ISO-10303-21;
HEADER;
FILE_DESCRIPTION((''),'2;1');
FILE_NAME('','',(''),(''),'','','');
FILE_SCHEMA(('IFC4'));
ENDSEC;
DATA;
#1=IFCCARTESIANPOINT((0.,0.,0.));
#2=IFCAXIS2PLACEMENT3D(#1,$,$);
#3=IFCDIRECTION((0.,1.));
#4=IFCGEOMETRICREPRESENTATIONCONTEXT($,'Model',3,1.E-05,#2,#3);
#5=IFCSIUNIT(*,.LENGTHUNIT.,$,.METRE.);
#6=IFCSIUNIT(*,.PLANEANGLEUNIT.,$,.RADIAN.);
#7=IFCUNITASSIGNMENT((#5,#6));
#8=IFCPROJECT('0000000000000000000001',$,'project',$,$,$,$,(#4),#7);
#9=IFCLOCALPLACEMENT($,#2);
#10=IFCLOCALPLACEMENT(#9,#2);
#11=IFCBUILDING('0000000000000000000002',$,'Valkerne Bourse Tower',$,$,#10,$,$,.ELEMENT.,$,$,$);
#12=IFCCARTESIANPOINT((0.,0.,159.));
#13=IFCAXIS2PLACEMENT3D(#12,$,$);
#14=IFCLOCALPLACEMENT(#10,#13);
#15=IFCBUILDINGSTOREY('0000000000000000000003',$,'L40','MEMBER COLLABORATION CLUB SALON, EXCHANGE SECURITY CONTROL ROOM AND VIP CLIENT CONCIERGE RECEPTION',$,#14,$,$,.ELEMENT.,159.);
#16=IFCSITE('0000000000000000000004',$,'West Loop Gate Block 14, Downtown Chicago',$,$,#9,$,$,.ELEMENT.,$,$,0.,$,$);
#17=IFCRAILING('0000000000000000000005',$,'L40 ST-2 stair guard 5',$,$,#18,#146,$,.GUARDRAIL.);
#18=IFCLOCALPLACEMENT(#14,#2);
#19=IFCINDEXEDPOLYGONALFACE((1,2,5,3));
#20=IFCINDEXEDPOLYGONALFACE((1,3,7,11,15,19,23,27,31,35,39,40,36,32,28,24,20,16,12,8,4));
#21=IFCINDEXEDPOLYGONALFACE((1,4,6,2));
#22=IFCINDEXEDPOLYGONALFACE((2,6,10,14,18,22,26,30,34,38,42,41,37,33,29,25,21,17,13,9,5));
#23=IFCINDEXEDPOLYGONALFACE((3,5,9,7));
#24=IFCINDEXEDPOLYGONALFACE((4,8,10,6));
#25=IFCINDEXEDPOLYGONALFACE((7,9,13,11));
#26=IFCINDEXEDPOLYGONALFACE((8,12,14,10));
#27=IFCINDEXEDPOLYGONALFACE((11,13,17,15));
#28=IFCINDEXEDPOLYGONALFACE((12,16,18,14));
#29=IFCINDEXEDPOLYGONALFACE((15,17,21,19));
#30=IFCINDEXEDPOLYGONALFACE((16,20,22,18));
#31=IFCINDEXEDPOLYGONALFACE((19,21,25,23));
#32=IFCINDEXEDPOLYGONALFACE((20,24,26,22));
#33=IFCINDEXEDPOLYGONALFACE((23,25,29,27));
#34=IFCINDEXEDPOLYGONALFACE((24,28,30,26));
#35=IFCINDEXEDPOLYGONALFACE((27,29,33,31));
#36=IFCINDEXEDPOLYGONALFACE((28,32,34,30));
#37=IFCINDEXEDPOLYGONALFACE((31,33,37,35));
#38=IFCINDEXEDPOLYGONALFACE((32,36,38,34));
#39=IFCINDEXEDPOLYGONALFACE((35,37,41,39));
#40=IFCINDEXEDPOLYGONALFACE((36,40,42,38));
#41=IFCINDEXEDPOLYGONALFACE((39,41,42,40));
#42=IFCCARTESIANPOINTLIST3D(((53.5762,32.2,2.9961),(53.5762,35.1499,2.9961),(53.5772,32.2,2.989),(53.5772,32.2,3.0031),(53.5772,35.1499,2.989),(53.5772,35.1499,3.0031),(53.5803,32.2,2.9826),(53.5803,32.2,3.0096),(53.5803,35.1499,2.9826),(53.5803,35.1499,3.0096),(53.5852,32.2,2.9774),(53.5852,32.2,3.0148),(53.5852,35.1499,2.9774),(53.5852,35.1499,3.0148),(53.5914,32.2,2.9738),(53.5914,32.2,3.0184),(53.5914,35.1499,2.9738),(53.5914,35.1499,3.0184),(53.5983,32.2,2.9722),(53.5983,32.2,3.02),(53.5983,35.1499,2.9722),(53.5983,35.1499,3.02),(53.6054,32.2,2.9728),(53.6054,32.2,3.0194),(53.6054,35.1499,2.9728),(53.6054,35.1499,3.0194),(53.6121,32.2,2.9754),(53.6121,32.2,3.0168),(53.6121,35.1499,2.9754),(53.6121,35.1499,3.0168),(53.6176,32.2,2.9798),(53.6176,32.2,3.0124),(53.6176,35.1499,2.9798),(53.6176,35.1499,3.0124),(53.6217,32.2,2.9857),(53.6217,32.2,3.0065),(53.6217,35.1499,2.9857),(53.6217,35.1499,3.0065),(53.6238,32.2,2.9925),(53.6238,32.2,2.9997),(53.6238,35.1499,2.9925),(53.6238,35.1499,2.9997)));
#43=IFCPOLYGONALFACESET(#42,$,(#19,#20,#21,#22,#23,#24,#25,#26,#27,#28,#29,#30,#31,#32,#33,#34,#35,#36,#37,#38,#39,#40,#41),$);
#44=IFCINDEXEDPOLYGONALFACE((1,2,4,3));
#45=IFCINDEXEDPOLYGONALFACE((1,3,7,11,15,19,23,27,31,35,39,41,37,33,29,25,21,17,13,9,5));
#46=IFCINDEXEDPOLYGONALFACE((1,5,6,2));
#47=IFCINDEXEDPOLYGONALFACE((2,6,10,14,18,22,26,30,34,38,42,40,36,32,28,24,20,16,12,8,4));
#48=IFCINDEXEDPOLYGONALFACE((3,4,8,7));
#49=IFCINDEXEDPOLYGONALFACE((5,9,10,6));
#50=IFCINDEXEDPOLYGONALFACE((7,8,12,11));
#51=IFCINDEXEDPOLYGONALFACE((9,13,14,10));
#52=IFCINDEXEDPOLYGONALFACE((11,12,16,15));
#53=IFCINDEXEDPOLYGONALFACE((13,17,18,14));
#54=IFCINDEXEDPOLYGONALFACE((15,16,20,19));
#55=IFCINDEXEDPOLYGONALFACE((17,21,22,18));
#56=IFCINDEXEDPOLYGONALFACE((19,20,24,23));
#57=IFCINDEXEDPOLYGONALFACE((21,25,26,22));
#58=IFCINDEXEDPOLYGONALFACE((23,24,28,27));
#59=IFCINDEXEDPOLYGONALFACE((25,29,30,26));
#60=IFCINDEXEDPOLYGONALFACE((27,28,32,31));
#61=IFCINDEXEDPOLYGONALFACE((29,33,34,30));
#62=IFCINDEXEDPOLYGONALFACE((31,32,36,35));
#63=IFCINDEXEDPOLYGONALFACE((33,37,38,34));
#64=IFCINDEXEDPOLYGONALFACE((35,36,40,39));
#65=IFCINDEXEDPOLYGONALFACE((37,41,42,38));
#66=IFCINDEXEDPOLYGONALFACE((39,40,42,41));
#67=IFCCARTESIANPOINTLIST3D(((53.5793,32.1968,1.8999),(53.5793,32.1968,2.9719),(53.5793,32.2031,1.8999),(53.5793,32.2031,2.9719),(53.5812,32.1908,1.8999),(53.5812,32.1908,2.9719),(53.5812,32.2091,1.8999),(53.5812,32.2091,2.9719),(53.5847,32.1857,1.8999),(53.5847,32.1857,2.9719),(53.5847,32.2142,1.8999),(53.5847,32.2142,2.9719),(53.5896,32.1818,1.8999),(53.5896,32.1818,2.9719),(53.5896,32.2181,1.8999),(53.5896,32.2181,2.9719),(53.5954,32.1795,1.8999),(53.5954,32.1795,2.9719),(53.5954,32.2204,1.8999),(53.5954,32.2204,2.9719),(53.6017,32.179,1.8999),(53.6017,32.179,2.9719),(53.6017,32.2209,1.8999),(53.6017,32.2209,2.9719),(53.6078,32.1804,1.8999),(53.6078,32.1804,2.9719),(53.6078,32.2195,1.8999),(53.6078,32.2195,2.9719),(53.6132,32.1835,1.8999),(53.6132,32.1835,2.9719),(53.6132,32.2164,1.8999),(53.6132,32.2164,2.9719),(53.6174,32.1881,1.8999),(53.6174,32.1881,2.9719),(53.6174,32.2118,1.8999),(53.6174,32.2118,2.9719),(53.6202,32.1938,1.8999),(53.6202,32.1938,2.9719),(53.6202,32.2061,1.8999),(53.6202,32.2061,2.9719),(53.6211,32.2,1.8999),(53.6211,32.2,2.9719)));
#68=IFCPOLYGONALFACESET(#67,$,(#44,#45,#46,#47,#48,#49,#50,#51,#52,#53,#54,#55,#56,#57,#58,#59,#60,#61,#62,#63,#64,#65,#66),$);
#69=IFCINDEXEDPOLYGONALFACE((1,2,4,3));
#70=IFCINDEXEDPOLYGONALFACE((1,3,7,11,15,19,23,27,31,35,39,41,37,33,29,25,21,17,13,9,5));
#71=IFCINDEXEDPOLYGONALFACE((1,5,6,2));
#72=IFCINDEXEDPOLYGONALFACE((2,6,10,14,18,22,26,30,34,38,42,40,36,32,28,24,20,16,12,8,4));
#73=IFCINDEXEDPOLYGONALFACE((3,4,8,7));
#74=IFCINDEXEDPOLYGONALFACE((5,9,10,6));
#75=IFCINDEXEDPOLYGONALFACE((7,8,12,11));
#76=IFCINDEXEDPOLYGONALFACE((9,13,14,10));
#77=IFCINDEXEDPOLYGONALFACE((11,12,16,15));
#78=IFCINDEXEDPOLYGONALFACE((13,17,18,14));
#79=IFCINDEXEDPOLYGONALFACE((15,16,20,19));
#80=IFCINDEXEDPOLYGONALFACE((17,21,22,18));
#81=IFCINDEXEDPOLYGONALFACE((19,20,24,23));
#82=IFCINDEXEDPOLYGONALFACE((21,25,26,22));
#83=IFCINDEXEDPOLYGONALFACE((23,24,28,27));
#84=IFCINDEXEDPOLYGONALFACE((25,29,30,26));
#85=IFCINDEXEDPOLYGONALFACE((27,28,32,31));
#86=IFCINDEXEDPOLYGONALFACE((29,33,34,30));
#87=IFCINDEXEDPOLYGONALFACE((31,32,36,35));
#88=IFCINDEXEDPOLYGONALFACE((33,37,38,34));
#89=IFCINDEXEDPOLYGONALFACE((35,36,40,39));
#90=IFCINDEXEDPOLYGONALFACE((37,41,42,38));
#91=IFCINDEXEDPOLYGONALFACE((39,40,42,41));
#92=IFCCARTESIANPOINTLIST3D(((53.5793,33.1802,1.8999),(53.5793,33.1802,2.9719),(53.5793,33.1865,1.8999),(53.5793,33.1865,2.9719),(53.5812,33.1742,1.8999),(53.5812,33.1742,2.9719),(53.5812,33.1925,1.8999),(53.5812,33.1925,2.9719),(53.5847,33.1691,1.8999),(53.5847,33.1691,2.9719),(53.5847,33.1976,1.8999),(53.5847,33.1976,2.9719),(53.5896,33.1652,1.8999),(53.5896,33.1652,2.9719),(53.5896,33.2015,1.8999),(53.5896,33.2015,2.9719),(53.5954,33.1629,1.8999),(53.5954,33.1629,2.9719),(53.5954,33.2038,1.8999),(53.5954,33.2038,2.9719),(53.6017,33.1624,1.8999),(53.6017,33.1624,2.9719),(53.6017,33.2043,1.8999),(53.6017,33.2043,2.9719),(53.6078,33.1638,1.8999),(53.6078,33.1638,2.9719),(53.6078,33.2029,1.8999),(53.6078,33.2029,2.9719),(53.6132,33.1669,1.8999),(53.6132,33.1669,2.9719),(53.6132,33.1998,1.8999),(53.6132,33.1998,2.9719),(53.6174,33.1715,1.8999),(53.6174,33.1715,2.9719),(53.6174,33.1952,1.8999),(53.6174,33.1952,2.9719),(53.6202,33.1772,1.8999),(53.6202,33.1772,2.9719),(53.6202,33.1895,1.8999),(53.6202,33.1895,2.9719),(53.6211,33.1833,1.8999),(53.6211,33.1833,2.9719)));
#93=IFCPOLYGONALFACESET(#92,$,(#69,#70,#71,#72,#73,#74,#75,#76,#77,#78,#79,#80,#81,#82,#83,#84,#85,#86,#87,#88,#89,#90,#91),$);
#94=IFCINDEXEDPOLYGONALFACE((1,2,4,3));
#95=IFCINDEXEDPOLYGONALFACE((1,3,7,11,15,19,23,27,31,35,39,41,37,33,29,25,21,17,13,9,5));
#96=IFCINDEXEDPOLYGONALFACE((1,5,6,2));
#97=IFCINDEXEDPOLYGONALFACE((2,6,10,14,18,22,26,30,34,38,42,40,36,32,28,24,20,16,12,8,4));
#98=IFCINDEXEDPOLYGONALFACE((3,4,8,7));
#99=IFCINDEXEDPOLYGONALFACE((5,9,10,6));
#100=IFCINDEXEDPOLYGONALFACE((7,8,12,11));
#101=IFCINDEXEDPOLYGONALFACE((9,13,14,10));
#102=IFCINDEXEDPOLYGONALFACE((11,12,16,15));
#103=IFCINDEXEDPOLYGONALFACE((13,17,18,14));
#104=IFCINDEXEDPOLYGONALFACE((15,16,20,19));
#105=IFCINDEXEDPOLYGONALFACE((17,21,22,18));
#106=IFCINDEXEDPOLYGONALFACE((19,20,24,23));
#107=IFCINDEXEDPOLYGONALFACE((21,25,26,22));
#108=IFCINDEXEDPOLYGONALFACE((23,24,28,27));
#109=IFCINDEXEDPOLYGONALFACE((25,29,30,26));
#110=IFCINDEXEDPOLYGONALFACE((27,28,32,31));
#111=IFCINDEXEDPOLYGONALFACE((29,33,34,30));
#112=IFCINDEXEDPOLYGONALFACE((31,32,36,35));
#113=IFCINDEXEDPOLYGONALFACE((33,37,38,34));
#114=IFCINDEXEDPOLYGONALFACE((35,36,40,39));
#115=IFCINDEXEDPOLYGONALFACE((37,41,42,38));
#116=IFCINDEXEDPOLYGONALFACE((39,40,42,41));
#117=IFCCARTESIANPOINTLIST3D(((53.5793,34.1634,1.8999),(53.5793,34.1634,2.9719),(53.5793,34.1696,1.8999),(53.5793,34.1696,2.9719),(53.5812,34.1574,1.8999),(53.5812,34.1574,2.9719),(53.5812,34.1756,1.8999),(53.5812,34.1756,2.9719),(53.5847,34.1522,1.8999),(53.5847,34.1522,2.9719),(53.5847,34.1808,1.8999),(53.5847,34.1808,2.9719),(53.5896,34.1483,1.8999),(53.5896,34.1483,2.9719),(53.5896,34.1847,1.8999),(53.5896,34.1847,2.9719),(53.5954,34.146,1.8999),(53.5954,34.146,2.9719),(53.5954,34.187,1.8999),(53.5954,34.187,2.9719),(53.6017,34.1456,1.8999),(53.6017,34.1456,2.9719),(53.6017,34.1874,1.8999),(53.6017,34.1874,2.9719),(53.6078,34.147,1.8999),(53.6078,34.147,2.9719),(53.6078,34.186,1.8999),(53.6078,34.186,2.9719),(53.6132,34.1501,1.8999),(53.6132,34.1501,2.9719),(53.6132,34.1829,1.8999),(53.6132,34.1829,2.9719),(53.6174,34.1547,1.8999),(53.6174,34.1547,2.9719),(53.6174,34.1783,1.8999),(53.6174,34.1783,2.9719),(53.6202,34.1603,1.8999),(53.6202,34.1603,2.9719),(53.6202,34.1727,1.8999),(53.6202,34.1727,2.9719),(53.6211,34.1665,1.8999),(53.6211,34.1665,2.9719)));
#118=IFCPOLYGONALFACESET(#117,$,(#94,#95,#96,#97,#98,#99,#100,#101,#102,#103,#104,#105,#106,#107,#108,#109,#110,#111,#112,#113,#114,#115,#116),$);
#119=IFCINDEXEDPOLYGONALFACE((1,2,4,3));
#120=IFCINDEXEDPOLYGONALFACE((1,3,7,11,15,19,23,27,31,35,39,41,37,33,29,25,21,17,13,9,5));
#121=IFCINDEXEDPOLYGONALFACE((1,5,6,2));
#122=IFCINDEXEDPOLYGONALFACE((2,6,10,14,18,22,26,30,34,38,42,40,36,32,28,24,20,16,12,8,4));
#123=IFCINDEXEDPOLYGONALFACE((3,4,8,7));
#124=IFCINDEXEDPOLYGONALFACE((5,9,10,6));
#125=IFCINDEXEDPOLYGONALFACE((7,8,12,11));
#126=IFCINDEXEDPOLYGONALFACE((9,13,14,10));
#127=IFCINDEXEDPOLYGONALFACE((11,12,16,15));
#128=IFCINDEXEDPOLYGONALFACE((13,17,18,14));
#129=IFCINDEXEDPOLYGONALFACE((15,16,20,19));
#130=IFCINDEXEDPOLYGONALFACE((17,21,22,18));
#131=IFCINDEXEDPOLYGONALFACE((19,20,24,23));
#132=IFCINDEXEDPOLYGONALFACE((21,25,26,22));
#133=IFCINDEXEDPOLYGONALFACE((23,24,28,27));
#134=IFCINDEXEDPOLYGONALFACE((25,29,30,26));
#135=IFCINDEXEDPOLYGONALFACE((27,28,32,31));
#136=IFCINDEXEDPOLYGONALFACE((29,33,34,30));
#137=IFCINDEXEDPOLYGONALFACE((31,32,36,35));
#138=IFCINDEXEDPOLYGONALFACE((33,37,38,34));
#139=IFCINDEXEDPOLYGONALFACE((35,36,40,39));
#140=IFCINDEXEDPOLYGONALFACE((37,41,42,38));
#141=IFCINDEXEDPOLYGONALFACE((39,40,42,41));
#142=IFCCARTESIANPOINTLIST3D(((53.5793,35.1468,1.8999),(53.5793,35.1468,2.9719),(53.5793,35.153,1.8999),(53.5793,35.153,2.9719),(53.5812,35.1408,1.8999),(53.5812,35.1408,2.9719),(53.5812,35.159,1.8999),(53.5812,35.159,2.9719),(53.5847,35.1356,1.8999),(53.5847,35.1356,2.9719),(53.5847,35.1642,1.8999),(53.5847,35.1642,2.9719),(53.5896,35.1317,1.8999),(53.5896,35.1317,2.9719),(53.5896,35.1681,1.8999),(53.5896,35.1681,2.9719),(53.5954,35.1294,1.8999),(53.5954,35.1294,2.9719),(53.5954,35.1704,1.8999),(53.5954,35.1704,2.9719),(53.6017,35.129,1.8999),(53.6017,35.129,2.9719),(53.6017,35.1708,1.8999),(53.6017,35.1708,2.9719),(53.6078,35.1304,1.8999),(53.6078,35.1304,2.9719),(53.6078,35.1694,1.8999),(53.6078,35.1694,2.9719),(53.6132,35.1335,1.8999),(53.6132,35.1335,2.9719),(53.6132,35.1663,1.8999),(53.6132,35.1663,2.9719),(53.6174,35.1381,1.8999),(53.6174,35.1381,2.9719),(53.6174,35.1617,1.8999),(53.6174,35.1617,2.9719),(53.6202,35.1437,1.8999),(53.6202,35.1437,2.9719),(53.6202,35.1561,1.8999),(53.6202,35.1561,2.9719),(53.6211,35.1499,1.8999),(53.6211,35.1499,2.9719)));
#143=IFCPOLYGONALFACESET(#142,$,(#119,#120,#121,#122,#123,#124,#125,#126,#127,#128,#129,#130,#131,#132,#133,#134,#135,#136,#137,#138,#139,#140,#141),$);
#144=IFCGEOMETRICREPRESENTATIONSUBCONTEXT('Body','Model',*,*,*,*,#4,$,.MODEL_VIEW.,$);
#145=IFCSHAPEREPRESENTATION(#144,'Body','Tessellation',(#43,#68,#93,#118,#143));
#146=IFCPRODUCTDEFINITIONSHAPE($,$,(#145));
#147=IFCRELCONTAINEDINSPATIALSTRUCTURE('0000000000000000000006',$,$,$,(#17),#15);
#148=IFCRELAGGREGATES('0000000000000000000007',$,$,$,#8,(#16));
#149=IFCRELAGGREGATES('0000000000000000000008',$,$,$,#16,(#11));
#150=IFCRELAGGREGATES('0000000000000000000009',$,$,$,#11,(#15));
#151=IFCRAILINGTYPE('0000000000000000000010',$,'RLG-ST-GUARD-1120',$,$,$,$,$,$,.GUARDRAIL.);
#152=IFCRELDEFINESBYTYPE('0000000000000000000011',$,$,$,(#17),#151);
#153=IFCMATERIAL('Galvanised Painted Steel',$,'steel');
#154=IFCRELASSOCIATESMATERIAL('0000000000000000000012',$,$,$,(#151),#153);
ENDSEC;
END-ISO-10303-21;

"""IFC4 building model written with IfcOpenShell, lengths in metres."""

from ifc_helpers import new_model, si_unit, direction, frame, origin, origin_2d, place, context, subcontext, project, spatial, circle, extrude, material, type_object, element, save


model = new_model("IFC4")

# Units and contexts
model_context = context("Model", 3, precision=1e-05, world=origin(), true_north=direction((0.0, 1.0)))
body_context = subcontext(model_context, "Body", "Model", "MODEL_VIEW")
ifc_project = project(units=[si_unit("LENGTHUNIT", "METRE"), si_unit("PLANEANGLEUNIT", "RADIAN")], contexts=[model_context])

# Site, building, storey
site_placement = place(None, origin())
site = spatial("IfcSite", under=ifc_project, at=site_placement, Name="West Loop Gate Block 14, Downtown Chicago", CompositionType="ELEMENT", RefElevation=0.0)
building_placement = place(site_placement, origin())
building = spatial("IfcBuilding", under=site, at=building_placement, Name="Valkerne Bourse Tower", CompositionType="ELEMENT")
storey_placement = place(building_placement, frame((0.0, 0.0, 159.0)))
storey = spatial("IfcBuildingStorey", under=building, at=storey_placement, Name="L40", Description="MEMBER COLLABORATION CLUB SALON, EXCHANGE SECURITY CONTROL ROOM AND VIP CLIENT CONCIERGE RECEPTION", CompositionType="ELEMENT", Elevation=159.0)

# Railing
ifc_material_1 = material(Name="Galvanised Painted Steel", Category="steel")
railing_type = type_object("IfcRailingType", Name="RLG-ST-GUARD-1120", PredefinedType="GUARDRAIL", material=ifc_material_1)
railing_1_placement = place(storey_placement, frame((53.6001, 32.2, 1.8999)))
element("IfcRailing", 1, at=railing_1_placement, inside=storey, type_object=railing_type, Name="L40 ST-2 stair guard 5", PredefinedType="GUARDRAIL", context=body_context, shape_type="SweptSolid", body=[
    extrude(circle(Radius=0.0239, at=origin_2d()), frame((0.0, 0.0, 1.0962), z_axis=(0.0, 1.0, 0.0), x_axis=(-1.0, 0.0, 0.0)), (0.0, 0.0, 1.0), 2.95),
    extrude(circle(Radius=0.021, at=origin_2d()), origin(), (0.0, 0.0, 1.0), 1.072),
    extrude(circle(Radius=0.021, at=origin_2d()), frame((0.0, 0.9834, 0.0)), (0.0, 0.0, 1.0), 1.072),
    extrude(circle(Radius=0.021, at=origin_2d()), frame((0.0, 1.9666, 0.0)), (0.0, 0.0, 1.0), 1.072),
    extrude(circle(Radius=0.021, at=origin_2d()), frame((0.0, 2.95, 0.0)), (0.0, 0.0, 1.0), 1.072),
])

save(model, "model.ifc")
